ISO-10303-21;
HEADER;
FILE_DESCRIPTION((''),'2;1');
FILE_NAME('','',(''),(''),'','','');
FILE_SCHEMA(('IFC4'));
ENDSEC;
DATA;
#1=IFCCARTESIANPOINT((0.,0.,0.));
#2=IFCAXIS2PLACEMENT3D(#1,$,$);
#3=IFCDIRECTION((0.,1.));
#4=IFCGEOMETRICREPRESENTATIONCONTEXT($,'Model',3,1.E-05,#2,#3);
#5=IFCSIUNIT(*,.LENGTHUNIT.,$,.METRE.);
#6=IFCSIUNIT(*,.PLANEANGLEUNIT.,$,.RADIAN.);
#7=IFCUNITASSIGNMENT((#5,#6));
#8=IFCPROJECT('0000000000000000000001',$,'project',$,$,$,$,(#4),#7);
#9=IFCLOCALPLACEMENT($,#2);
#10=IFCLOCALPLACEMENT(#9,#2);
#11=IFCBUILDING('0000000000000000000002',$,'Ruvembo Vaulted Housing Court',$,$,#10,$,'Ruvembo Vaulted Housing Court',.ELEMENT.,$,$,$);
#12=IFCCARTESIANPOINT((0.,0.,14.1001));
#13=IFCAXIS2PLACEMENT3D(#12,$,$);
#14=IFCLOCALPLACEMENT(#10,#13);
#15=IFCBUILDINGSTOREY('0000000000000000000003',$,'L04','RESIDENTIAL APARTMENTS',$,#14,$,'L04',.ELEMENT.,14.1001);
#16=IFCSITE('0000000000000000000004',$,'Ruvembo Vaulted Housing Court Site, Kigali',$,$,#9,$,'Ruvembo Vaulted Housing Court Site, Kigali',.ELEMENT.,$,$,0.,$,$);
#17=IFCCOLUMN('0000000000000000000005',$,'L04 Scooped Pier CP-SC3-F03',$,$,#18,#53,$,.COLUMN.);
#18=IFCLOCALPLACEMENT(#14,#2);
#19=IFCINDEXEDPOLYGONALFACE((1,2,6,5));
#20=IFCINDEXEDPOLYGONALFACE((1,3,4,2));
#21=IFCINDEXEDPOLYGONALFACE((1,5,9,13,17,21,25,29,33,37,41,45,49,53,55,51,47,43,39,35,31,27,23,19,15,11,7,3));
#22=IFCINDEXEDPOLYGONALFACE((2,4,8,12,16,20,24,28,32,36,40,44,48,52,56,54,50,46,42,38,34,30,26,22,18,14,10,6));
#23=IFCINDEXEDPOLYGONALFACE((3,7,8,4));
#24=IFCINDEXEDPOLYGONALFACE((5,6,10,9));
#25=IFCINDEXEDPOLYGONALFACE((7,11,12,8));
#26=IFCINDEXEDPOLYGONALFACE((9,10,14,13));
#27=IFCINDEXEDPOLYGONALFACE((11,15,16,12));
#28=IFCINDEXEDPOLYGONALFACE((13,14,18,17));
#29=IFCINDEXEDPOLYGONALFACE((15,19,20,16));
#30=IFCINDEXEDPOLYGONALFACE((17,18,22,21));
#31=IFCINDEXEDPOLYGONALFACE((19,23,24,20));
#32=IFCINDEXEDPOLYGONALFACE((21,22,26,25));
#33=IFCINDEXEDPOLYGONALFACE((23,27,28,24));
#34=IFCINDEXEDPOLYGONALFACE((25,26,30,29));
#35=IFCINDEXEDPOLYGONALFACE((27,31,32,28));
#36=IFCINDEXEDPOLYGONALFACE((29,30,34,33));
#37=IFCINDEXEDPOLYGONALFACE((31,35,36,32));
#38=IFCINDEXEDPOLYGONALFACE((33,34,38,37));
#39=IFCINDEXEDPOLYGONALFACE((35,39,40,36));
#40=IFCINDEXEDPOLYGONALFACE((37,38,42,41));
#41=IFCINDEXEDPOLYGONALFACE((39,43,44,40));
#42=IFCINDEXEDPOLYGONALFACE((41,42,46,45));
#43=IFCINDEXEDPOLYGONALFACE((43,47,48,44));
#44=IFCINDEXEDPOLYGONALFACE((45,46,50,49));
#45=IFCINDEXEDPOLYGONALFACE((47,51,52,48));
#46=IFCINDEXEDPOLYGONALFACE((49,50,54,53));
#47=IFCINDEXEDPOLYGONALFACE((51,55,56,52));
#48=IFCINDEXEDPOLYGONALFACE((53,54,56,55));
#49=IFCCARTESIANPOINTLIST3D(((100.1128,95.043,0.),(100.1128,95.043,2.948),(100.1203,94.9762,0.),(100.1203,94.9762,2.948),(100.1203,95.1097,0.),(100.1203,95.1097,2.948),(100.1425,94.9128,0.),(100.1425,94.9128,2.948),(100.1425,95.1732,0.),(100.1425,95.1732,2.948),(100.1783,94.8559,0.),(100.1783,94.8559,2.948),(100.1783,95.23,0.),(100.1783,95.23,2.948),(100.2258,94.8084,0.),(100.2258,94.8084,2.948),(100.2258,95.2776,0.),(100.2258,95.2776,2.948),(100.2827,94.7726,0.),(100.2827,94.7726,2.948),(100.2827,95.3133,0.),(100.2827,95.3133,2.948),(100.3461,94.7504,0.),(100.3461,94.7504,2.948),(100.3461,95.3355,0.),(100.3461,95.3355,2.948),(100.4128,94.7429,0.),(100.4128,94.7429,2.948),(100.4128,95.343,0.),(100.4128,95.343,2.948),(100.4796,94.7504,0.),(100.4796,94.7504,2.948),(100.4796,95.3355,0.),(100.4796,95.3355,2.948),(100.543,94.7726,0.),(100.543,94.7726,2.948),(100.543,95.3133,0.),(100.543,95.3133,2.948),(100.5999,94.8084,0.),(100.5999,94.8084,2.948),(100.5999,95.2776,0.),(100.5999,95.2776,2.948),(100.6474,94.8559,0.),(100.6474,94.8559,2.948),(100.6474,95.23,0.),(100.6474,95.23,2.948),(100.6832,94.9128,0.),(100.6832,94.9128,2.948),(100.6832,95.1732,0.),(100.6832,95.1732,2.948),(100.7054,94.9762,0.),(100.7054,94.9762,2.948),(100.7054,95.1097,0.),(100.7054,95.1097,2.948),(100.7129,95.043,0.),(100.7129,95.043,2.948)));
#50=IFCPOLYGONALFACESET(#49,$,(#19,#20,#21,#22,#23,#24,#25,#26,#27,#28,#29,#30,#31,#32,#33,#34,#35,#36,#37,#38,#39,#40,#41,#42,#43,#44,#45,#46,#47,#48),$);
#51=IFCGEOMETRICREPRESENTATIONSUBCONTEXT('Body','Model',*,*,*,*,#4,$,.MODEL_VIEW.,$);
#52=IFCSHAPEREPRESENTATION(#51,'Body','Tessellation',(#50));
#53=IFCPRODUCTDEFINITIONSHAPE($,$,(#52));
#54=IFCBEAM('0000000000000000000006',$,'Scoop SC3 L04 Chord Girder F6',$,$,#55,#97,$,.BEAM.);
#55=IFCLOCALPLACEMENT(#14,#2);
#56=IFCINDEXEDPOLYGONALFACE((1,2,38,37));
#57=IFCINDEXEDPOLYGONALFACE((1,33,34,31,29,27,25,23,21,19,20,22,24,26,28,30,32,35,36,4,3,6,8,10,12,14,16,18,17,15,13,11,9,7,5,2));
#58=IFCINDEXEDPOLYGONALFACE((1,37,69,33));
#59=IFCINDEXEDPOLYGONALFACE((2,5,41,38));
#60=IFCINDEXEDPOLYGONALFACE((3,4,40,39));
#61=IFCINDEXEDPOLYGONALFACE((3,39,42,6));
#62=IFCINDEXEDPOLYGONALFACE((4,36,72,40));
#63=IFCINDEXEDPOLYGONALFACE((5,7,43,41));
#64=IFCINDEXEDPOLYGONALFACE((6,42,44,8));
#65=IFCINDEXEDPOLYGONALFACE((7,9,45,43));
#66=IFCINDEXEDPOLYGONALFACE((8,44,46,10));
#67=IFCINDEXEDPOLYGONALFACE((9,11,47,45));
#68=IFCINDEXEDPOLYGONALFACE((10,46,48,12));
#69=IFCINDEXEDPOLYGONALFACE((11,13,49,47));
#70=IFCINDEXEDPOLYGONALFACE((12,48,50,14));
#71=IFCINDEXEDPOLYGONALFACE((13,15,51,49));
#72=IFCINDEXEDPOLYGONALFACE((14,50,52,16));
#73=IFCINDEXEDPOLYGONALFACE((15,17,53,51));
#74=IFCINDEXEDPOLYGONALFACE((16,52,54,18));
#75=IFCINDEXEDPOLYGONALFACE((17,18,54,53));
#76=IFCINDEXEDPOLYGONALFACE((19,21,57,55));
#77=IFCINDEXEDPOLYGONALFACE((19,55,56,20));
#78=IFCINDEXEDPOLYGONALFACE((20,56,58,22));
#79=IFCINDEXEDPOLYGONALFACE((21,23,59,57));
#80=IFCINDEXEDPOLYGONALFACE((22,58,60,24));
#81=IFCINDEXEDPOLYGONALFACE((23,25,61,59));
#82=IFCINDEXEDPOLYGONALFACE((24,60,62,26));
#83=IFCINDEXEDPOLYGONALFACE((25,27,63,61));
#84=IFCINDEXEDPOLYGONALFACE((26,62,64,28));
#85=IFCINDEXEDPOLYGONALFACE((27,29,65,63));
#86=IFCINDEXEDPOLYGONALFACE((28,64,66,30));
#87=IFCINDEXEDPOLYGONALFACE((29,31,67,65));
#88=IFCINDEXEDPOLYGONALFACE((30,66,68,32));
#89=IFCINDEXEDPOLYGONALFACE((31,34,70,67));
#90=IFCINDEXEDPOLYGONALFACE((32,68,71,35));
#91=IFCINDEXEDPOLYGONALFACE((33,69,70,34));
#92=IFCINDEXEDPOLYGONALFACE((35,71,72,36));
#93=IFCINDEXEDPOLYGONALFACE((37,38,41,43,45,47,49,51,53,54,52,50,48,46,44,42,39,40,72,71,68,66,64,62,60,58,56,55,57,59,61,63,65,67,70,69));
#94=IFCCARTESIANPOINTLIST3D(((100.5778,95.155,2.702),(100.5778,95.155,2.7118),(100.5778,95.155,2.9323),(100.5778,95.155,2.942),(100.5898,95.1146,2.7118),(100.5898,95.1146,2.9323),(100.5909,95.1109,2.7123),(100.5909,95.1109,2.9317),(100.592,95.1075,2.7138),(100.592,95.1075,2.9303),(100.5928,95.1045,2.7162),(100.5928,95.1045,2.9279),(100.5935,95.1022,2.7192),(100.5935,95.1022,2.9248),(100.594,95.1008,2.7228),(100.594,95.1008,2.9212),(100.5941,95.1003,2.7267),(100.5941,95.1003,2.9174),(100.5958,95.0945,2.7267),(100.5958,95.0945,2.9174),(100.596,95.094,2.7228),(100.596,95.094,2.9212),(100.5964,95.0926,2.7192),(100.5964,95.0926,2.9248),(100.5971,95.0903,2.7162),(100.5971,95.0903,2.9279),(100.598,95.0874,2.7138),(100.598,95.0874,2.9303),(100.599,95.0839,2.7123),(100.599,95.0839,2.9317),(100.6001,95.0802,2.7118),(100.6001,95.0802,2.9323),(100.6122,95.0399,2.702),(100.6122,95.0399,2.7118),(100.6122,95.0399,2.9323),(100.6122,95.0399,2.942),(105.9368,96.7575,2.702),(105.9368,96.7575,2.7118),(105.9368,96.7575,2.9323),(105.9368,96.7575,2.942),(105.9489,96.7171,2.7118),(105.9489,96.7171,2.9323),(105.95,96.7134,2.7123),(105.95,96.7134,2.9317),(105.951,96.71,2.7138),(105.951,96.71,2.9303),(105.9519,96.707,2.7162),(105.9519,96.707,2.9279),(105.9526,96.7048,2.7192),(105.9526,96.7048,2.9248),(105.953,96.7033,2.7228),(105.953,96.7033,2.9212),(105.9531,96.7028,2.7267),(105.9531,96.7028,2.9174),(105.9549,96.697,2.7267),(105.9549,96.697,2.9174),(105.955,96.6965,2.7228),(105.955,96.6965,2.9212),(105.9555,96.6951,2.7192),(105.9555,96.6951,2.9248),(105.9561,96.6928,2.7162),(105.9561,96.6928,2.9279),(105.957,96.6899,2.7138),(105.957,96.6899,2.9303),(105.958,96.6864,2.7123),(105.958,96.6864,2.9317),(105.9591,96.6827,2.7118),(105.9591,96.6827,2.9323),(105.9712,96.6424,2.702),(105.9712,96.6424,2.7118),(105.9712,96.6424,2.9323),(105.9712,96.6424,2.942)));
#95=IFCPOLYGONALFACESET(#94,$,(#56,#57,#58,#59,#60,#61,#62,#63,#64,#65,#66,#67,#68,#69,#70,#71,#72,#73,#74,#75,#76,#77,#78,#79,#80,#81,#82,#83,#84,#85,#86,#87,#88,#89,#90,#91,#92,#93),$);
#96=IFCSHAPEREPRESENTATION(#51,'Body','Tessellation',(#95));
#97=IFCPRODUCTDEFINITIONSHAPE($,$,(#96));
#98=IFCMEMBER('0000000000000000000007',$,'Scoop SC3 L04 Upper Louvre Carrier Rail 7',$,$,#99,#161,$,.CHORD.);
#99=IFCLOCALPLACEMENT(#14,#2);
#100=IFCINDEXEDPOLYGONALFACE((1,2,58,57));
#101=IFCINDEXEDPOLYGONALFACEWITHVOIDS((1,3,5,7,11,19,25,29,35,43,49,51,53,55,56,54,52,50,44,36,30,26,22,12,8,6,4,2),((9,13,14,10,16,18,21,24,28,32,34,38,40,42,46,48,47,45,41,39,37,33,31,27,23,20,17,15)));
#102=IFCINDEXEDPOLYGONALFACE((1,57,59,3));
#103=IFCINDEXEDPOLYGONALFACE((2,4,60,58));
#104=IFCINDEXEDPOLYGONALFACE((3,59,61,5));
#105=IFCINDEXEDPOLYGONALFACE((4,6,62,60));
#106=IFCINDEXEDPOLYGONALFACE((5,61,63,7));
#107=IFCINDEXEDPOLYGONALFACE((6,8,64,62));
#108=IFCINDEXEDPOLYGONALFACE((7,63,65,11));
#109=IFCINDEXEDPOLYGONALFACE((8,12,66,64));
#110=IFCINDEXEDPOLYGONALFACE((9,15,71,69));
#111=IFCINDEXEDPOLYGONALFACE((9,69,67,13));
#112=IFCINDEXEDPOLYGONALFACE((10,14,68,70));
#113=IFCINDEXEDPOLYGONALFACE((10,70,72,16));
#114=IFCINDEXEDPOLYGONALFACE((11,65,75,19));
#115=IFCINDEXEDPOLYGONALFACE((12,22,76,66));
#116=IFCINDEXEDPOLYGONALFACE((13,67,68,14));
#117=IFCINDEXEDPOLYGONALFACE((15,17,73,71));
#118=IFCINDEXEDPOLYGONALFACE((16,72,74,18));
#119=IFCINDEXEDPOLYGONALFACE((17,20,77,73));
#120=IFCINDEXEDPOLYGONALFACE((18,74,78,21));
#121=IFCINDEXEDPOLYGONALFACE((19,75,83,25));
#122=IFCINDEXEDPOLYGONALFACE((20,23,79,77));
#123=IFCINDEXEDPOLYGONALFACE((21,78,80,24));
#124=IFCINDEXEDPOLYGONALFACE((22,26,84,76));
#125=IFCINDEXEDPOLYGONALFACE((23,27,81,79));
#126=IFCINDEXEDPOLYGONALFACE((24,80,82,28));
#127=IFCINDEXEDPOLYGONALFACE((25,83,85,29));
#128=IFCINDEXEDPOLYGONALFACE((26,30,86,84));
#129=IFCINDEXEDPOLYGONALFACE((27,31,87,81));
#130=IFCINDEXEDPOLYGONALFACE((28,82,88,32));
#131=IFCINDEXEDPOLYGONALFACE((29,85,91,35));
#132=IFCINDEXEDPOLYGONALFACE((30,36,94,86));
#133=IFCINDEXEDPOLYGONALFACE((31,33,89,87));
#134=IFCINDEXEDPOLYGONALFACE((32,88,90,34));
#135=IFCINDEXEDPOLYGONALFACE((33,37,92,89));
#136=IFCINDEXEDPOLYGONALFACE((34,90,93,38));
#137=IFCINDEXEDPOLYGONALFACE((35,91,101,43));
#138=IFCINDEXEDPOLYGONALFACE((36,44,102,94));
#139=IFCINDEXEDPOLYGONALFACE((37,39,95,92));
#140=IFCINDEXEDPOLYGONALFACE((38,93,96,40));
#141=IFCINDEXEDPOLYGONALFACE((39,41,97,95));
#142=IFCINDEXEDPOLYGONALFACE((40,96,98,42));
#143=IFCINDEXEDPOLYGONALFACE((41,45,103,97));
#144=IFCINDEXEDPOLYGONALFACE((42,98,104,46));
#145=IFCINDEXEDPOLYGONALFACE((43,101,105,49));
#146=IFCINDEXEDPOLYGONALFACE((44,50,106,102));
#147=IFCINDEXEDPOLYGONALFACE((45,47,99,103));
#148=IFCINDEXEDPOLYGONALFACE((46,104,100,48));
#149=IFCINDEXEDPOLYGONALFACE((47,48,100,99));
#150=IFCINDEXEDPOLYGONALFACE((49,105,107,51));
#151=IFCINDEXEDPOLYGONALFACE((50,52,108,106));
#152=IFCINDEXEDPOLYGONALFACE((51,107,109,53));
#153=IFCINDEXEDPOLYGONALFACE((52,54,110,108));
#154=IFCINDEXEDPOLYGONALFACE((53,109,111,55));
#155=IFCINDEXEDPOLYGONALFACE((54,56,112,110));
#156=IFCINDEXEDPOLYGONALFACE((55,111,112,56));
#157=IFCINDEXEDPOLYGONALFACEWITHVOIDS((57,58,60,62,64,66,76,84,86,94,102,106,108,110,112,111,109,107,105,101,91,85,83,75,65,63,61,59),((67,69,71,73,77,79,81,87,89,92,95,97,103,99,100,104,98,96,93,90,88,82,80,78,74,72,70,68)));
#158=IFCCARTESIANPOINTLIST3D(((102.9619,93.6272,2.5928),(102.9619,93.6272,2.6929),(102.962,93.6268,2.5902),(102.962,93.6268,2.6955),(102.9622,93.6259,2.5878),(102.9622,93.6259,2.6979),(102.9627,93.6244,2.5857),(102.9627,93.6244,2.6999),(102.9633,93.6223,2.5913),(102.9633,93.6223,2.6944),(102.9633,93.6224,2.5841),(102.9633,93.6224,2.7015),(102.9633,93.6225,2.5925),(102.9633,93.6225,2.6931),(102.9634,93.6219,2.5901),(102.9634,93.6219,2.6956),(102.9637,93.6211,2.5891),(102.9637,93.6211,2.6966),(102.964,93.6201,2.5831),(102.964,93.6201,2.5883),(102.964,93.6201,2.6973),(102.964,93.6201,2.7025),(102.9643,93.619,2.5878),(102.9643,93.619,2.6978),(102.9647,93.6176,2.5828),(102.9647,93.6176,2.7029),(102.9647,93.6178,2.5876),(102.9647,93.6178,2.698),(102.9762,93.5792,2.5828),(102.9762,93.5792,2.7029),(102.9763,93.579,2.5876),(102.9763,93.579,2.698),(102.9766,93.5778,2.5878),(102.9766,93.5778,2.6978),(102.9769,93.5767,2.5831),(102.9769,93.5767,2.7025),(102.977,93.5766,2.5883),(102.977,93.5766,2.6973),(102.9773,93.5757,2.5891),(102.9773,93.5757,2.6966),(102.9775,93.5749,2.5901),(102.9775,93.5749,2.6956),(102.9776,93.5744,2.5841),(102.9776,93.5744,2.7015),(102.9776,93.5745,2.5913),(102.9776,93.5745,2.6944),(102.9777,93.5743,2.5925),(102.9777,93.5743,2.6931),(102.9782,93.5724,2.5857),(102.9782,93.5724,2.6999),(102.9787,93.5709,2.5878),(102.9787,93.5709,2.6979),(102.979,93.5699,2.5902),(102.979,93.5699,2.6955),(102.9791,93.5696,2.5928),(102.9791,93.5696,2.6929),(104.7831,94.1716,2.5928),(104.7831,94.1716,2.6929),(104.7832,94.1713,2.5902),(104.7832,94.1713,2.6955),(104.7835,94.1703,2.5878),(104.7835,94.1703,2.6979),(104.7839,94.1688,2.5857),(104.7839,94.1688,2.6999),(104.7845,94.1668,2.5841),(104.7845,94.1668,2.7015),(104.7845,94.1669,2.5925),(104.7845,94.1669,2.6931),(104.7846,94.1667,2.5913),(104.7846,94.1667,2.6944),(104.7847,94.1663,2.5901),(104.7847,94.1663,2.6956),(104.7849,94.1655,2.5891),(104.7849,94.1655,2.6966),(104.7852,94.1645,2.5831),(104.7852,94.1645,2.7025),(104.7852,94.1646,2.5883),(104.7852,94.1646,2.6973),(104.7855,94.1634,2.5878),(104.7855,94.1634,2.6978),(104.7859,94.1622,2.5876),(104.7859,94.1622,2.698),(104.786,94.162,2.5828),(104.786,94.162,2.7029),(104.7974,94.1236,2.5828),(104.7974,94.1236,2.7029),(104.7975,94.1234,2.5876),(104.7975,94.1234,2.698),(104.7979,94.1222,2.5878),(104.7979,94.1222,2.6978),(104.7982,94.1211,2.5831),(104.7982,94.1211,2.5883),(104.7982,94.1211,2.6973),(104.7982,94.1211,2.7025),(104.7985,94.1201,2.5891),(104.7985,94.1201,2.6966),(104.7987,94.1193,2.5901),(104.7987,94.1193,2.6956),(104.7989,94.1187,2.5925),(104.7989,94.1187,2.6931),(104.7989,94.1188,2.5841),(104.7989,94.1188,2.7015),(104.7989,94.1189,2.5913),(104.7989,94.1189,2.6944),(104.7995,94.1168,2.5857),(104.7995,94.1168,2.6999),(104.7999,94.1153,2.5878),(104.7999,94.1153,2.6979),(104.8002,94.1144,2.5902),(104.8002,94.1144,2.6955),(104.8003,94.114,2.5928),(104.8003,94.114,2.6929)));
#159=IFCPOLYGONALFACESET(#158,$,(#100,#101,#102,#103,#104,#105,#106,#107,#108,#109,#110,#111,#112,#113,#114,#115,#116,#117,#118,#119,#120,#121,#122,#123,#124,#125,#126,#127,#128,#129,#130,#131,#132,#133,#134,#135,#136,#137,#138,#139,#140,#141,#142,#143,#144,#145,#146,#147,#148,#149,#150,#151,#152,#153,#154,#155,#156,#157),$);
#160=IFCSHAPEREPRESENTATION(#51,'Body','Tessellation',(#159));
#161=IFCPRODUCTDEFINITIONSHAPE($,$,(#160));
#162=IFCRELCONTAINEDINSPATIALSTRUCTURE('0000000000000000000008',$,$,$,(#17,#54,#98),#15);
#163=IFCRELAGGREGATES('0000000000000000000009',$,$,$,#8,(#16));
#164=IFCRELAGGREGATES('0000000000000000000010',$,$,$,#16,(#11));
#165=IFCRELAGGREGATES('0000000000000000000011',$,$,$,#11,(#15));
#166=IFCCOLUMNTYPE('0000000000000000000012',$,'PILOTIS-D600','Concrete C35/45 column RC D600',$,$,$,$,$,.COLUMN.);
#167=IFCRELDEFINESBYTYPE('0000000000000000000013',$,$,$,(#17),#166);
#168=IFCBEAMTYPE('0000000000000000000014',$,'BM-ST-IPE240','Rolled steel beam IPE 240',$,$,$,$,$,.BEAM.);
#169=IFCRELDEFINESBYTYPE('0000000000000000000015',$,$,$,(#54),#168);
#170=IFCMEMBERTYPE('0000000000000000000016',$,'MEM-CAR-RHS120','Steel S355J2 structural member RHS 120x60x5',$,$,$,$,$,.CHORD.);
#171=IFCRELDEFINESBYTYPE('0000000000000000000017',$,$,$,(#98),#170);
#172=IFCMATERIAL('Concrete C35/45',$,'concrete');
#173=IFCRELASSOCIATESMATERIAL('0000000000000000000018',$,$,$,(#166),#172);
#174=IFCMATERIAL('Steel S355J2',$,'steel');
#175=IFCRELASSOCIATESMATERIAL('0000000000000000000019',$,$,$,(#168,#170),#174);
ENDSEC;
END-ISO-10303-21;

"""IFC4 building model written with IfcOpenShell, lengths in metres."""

from ifc_helpers import new_model, si_unit, direction, frame, origin, origin_2d, place, context, subcontext, project, spatial, hollow_rectangle, circle, i_section, extrude, material, material_profile, profile_set, type_object, element, save


model = new_model("IFC4")

# Units and contexts
model_context = context("Model", 3, precision=1e-05, world=origin(), true_north=direction((0.0, 1.0)))
body_context = subcontext(model_context, "Body", "Model", "MODEL_VIEW")
ifc_project = project(units=[si_unit("LENGTHUNIT", "METRE"), si_unit("PLANEANGLEUNIT", "RADIAN")], contexts=[model_context])

# Site, building, storey
site_placement = place(None, origin())
site = spatial("IfcSite", under=ifc_project, at=site_placement, Name="Ruvembo Vaulted Housing Court Site, Kigali", LongName="Ruvembo Vaulted Housing Court Site, Kigali", CompositionType="ELEMENT", RefElevation=0.0)
building_placement = place(site_placement, origin())
building = spatial("IfcBuilding", under=site, at=building_placement, Name="Ruvembo Vaulted Housing Court", LongName="Ruvembo Vaulted Housing Court", CompositionType="ELEMENT")
storey_placement = place(building_placement, frame((0.0, 0.0, 14.1001)))
storey = spatial("IfcBuildingStorey", under=building, at=storey_placement, Name="L04", Description="RESIDENTIAL APARTMENTS", LongName="L04", CompositionType="ELEMENT", Elevation=14.1001)

# Column
ifc_material_1 = material(Name="Concrete C35/45", Category="concrete")
ifc_material_profile_1 = material_profile(ifc_material_1, circle(Radius=0.3, at=origin_2d()), Name="RC D600")
ifc_profile_set_1 = profile_set([ifc_material_profile_1], Name="Concrete C35/45")
column_type = type_object("IfcColumnType", Name="PILOTIS-D600", Description="Concrete C35/45 column RC D600", PredefinedType="COLUMN", material=ifc_profile_set_1)
column_placement = place(storey_placement, frame((100.4128, 95.043, 0.0), z_axis=(0.0, 0.0, 1.0), x_axis=(1.0, 0.0, 0.0)))
element("IfcColumn", 1, at=column_placement, inside=storey, type_object=column_type, Name="L04 Scooped Pier CP-SC3-F03", PredefinedType="COLUMN", context=body_context, shape_type="SweptSolid", body=[
    extrude(circle(Radius=0.3, at=origin_2d()), origin(), (0.0, 0.0, 1.0), 2.948),
])

# Beam
ifc_material_2 = material(Name="Steel S355J2", Category="steel")
ifc_material_profile_2 = material_profile(ifc_material_2, i_section(OverallWidth=0.1201, OverallDepth=0.24, WebThickness=0.0061, FlangeThickness=0.0098, FilletRadius=0.0149, at=origin_2d()), Name="IPE 240")
ifc_profile_set_2 = profile_set([ifc_material_profile_2], Name="Steel S355J2")
beam_type = type_object("IfcBeamType", Name="BM-ST-IPE240", Description="Rolled steel beam IPE 240", PredefinedType="BEAM", material=ifc_profile_set_2)
beam_placement = place(storey_placement, frame((100.595, 95.0974, 2.822), z_axis=(0.958082, 0.286495, 0.0), x_axis=(-0.286495, 0.958082, 0.0)))
element("IfcBeam", 2, at=beam_placement, inside=storey, type_object=beam_type, Name="Scoop SC3 L04 Chord Girder F6", PredefinedType="BEAM", context=body_context, shape_type="SweptSolid", body=[
    extrude(i_section(OverallWidth=0.1201, OverallDepth=0.24, WebThickness=0.0061, FlangeThickness=0.0098, FilletRadius=0.0149, at=origin_2d()), origin(), (0.0, 0.0, 1.0), 5.5935),
])

# Member
ifc_material_profile_3 = material_profile(ifc_material_2, hollow_rectangle(XDim=0.0601, YDim=0.1201, WallThickness=0.0049, InnerFilletRadius=0.0049, OuterFilletRadius=0.01, at=origin_2d()), Name="RHS 120x60x5")
ifc_profile_set_3 = profile_set([ifc_material_profile_3], Name="Steel S355J2")
member_type_1 = type_object("IfcMemberType", Name="MEM-CAR-RHS120", Description="Steel S355J2 structural member RHS 120x60x5", PredefinedType="CHORD", material=ifc_profile_set_3)
member_1_placement = place(storey_placement, frame((102.9705, 93.5984, 2.6428), z_axis=(0.958109, 0.286405, 0.0), x_axis=(-0.286405, 0.958109, 0.0)))
element("IfcMember", 3, at=member_1_placement, inside=storey, type_object=member_type_1, Name="Scoop SC3 L04 Upper Louvre Carrier Rail 7", PredefinedType="CHORD", context=body_context, shape_type="SweptSolid", body=[
    extrude(hollow_rectangle(XDim=0.0601, YDim=0.1201, WallThickness=0.0049, InnerFilletRadius=0.0049, OuterFilletRadius=0.01, at=origin_2d()), origin(), (0.0, 0.0, 1.0), 1.9009),
])

save(model, "model.ifc")
